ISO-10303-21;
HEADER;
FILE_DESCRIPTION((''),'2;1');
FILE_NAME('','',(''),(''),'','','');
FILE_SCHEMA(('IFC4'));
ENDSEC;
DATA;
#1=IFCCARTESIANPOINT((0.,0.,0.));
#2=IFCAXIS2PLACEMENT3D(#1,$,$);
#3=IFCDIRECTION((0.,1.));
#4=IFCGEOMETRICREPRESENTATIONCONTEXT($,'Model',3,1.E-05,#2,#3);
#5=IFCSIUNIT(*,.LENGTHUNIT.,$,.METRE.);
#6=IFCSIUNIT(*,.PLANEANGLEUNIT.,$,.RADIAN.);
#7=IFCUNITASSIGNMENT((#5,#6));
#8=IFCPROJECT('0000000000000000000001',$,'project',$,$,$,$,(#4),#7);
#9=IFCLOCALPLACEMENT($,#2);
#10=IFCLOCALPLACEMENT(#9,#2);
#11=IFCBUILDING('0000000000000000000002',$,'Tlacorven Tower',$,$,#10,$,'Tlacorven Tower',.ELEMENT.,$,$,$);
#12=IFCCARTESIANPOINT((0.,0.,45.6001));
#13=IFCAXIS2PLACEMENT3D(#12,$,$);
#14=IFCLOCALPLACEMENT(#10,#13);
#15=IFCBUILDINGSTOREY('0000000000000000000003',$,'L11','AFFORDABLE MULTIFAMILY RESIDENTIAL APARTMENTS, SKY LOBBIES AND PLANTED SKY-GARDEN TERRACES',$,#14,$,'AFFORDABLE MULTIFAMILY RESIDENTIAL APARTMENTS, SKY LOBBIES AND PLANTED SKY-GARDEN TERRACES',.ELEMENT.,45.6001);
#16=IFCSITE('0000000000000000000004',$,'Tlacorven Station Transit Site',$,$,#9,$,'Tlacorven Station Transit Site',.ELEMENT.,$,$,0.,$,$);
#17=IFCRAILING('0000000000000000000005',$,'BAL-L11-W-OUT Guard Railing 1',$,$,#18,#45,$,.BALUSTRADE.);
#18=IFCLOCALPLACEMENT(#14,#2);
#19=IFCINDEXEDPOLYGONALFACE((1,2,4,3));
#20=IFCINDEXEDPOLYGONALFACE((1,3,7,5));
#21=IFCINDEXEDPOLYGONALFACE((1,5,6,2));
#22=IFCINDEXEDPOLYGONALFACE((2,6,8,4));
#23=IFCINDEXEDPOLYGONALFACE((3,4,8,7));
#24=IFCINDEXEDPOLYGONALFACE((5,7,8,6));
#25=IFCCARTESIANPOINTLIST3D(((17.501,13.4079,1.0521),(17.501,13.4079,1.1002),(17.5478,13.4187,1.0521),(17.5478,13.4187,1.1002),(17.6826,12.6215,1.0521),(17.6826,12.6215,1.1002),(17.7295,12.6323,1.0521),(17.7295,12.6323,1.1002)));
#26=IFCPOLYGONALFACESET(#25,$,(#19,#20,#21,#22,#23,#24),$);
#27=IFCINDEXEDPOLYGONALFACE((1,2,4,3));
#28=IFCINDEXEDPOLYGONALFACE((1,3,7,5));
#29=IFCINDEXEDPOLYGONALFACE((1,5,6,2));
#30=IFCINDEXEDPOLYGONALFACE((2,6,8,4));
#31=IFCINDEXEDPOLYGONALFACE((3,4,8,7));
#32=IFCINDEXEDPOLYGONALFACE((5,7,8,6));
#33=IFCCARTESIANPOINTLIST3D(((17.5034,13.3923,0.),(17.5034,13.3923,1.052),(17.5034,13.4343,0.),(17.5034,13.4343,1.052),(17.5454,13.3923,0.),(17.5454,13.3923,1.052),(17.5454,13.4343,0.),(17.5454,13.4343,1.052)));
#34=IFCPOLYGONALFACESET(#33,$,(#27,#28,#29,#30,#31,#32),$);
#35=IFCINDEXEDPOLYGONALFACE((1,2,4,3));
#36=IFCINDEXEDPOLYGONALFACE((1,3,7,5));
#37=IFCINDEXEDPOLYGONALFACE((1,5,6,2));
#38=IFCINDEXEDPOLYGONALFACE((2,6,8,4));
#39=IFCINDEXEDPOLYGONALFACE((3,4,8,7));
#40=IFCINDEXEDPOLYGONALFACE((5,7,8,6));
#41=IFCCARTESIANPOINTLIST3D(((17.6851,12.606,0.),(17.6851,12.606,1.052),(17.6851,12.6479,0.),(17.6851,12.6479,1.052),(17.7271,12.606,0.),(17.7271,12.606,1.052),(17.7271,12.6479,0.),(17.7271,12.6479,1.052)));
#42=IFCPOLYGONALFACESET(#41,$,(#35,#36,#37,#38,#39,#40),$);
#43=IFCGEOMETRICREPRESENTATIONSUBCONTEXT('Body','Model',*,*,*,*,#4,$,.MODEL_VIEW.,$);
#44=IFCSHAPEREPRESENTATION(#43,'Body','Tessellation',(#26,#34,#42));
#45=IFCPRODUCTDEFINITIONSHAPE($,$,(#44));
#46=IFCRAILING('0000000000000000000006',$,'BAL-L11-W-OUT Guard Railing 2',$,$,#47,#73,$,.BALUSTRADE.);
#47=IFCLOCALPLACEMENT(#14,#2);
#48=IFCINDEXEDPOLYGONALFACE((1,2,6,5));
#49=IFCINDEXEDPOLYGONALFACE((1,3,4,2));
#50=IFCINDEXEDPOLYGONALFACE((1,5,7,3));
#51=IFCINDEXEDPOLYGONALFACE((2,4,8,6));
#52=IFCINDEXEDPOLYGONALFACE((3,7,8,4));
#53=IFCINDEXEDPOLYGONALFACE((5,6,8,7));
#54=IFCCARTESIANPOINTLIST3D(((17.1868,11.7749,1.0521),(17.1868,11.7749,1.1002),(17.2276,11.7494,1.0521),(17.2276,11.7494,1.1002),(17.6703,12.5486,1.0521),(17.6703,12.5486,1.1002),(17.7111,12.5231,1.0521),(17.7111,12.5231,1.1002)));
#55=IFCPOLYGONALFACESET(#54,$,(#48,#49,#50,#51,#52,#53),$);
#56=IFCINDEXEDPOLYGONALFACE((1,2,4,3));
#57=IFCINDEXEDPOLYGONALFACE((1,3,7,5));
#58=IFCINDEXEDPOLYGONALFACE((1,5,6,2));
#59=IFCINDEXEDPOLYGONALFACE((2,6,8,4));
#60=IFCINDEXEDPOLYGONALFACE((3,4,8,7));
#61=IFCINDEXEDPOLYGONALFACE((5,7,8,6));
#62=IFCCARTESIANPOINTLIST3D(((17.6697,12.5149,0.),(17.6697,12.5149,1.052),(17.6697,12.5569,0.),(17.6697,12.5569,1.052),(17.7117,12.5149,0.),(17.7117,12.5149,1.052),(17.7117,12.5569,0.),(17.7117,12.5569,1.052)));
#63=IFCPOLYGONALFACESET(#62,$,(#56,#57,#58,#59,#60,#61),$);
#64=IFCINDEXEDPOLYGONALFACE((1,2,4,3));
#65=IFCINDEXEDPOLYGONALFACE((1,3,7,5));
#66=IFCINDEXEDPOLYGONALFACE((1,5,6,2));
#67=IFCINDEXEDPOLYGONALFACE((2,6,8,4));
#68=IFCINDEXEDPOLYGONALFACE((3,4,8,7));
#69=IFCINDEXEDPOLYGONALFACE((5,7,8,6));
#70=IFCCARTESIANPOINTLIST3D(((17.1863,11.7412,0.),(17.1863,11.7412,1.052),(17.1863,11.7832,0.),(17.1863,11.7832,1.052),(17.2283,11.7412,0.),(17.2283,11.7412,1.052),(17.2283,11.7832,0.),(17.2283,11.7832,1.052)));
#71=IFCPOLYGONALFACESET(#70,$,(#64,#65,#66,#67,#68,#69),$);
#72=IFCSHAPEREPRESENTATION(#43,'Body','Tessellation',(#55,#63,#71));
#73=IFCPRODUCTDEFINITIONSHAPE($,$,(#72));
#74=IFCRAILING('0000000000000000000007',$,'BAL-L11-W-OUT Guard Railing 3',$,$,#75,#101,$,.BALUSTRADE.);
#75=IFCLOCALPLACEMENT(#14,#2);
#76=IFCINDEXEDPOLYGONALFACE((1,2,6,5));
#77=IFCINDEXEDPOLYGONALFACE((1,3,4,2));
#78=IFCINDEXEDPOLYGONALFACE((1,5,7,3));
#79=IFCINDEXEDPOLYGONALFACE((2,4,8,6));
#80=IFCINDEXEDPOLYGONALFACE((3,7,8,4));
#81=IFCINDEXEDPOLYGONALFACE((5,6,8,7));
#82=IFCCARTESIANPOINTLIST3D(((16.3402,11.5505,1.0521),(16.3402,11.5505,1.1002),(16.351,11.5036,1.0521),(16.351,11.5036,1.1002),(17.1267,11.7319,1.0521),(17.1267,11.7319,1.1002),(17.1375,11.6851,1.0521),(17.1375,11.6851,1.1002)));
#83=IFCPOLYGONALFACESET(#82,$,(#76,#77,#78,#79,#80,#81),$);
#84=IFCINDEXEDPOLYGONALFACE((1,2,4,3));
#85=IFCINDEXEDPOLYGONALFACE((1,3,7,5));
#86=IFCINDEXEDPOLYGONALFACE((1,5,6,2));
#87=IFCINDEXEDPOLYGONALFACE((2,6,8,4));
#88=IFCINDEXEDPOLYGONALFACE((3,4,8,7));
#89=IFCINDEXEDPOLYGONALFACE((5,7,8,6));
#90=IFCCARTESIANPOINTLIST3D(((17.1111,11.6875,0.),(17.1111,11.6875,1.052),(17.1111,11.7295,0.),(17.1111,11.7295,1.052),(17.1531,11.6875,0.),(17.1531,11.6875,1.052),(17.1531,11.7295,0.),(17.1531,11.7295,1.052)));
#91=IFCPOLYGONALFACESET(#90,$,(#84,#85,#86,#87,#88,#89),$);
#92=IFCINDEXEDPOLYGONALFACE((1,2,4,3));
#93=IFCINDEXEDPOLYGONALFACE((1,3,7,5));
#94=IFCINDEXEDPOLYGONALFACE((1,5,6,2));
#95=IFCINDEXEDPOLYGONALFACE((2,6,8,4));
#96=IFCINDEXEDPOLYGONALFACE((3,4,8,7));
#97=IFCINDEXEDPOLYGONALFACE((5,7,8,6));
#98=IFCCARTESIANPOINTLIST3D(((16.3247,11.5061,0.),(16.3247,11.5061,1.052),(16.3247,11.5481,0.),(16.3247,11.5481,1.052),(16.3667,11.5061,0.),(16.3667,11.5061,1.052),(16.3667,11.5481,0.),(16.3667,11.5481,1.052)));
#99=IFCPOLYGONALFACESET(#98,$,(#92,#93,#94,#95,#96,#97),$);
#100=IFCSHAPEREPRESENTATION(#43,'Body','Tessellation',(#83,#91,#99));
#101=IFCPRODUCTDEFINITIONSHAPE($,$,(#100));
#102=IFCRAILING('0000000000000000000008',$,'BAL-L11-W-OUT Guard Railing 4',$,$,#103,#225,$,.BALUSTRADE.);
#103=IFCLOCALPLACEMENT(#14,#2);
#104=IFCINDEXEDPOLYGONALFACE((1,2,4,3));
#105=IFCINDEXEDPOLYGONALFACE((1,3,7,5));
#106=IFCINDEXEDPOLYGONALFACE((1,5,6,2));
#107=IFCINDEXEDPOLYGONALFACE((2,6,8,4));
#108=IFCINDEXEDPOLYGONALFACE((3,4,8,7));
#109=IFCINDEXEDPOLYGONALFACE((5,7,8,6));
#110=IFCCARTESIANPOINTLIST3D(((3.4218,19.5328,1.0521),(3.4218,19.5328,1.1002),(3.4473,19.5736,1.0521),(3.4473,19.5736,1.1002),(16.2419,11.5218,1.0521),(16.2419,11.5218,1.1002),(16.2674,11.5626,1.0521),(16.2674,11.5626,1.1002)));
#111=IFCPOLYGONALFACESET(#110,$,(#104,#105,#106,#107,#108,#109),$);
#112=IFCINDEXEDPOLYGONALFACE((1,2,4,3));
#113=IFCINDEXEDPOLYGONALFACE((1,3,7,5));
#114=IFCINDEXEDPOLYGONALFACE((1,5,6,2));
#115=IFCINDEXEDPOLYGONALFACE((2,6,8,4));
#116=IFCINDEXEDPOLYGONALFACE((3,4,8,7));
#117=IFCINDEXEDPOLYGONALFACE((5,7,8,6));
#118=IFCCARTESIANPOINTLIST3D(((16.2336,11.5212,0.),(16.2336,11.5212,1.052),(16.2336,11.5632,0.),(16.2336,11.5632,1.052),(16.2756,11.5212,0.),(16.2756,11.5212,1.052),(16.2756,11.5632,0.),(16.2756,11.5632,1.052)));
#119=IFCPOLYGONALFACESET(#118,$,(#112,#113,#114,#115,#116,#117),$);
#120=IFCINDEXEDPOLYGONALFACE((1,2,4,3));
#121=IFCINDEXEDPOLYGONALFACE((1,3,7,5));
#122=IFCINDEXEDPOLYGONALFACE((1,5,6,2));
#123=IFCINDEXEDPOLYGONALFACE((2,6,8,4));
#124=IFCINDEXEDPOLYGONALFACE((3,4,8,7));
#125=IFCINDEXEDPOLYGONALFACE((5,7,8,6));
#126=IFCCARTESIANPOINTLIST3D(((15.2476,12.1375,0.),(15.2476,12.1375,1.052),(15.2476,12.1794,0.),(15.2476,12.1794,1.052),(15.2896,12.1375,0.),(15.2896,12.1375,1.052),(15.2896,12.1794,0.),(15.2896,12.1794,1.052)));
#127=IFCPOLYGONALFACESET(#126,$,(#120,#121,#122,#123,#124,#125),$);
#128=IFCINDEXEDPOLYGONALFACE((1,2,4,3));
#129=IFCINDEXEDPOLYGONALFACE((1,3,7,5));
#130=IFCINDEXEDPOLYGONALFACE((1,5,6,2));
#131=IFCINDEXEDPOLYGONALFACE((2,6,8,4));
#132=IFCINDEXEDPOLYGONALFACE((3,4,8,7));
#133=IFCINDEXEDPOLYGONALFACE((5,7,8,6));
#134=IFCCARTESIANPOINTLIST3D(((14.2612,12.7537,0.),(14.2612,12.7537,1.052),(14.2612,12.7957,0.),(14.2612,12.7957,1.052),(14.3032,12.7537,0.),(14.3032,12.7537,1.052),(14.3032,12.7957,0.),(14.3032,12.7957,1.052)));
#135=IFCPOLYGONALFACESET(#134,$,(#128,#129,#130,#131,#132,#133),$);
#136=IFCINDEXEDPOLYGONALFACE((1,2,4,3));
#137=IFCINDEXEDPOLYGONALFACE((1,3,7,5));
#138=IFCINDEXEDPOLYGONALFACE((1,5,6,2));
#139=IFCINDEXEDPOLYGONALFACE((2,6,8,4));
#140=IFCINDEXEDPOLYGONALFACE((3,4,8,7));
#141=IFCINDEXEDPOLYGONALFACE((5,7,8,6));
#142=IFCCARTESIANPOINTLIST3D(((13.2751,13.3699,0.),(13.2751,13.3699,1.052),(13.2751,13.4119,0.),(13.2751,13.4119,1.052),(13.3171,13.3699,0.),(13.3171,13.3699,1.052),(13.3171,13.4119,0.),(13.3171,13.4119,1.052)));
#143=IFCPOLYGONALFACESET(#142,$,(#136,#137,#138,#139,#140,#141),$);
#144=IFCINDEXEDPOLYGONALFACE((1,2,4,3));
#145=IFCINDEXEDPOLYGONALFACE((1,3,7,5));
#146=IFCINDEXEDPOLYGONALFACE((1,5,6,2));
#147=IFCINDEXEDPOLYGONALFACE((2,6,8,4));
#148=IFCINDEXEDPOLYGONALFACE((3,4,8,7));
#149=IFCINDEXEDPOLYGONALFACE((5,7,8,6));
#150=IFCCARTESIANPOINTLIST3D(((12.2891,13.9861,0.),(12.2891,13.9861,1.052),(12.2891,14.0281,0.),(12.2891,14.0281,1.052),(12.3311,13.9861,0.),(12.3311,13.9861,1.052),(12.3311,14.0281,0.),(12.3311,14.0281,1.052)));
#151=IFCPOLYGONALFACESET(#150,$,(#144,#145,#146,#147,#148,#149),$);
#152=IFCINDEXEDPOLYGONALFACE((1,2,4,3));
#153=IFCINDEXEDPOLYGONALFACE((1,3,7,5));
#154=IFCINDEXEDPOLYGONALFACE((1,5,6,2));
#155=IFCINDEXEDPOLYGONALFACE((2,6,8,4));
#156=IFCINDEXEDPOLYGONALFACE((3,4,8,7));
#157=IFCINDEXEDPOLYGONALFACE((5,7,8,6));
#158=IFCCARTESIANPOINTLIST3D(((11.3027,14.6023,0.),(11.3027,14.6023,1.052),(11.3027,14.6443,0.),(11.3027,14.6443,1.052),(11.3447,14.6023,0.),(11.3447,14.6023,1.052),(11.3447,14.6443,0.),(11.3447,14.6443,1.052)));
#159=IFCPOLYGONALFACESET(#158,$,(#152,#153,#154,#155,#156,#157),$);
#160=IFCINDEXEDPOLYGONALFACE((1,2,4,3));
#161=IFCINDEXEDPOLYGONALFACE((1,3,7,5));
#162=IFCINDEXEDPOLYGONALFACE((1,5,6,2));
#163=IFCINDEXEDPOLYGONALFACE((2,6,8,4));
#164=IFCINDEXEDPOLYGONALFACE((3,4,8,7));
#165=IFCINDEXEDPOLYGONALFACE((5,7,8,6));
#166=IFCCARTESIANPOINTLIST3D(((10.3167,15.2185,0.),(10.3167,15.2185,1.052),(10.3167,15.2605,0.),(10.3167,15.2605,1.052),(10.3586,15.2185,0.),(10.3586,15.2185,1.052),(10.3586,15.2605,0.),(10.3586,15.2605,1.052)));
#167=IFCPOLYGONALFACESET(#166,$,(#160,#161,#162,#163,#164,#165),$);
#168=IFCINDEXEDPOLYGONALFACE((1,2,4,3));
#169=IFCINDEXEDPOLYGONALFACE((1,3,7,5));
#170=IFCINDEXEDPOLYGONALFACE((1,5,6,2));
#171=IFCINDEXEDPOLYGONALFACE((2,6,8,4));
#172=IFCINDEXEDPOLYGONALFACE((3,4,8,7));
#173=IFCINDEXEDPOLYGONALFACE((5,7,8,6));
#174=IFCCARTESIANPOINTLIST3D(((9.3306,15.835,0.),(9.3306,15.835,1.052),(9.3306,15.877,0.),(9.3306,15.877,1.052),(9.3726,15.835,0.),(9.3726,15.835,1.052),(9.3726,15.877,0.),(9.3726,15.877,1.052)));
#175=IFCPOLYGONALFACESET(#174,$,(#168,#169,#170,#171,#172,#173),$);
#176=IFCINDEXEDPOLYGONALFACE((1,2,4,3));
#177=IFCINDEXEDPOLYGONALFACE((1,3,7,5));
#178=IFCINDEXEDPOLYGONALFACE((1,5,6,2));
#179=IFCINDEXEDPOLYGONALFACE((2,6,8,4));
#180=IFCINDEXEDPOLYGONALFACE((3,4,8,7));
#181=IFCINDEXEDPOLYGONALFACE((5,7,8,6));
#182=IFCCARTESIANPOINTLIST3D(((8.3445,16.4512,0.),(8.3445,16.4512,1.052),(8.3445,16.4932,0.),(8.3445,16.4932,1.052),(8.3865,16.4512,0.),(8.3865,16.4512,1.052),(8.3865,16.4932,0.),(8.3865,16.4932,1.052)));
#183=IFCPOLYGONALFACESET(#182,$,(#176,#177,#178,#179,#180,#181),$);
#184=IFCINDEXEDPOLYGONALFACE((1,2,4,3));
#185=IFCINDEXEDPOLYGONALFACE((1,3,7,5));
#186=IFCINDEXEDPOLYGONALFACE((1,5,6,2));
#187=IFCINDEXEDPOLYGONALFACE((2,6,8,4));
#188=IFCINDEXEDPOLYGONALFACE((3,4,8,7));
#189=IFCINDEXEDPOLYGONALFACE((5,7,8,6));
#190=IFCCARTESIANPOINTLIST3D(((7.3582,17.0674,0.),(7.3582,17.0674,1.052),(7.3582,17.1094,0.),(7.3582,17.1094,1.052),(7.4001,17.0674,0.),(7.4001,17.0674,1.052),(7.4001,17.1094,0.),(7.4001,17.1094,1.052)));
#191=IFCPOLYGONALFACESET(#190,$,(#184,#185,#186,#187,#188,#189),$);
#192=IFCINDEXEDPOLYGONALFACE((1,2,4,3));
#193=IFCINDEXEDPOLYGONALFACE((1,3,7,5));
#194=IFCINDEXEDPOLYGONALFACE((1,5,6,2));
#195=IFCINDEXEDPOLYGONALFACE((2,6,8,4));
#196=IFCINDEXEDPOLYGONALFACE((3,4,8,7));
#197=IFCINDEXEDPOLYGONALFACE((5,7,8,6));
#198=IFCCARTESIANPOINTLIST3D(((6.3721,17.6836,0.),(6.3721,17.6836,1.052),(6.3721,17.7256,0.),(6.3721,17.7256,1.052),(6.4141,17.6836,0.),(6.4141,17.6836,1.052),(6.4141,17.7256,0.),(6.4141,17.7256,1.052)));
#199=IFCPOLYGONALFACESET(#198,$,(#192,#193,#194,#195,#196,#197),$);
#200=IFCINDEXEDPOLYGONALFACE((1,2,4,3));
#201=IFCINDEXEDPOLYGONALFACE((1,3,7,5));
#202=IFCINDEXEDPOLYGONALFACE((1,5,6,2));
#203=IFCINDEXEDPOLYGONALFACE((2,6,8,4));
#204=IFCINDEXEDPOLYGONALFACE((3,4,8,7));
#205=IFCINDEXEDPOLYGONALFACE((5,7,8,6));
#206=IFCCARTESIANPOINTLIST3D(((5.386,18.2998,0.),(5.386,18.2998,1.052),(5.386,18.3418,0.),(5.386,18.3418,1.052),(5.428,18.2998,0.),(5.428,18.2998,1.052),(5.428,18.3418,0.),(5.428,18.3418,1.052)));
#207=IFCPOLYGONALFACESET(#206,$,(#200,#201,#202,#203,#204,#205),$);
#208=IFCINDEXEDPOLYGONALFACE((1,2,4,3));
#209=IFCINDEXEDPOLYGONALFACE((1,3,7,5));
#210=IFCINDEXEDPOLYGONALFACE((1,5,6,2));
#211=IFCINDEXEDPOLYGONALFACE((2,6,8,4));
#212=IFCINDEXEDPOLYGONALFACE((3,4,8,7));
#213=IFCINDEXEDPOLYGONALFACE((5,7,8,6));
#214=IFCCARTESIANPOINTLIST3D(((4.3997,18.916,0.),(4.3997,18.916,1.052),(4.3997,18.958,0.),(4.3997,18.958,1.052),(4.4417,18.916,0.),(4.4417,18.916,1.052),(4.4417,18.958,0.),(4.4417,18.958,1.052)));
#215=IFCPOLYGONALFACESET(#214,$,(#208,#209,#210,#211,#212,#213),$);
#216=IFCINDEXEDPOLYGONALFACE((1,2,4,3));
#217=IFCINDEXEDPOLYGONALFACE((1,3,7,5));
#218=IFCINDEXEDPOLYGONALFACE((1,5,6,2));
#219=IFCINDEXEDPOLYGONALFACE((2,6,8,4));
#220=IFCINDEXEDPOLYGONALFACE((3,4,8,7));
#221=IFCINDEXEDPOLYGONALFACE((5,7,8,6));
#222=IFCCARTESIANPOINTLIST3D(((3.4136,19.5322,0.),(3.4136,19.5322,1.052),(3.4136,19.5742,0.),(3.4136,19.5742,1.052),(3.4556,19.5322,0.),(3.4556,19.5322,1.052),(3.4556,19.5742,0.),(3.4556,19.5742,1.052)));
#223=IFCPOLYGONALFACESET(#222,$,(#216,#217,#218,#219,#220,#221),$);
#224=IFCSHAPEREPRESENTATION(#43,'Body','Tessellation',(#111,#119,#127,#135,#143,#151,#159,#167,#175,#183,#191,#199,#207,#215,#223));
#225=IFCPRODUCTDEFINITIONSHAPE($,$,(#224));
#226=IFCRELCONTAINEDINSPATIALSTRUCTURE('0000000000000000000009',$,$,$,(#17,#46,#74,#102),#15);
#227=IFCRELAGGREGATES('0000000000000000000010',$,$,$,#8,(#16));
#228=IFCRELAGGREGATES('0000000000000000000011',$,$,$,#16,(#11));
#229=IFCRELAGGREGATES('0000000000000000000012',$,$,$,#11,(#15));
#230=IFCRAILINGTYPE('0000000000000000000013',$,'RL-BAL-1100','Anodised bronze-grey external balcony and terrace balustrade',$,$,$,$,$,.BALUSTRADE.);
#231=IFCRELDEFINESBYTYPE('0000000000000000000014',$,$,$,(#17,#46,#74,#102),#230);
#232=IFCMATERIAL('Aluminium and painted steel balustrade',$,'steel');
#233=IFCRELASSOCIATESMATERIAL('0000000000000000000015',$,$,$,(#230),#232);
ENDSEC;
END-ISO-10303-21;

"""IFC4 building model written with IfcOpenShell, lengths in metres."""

from ifc_helpers import new_model, si_unit, direction, frame, origin, origin_2d, place, context, subcontext, project, spatial, rectangle, extrude, source, transform, mapped, material, type_object, element, save


model = new_model("IFC4")

# Units and contexts
model_context = context("Model", 3, precision=1e-05, world=origin(), true_north=direction((0.0, 1.0)))
body_context = subcontext(model_context, "Body", "Model", "MODEL_VIEW")
ifc_project = project(units=[si_unit("LENGTHUNIT", "METRE"), si_unit("PLANEANGLEUNIT", "RADIAN")], contexts=[model_context])

# Site, building, storey
site_placement = place(None, origin())
site = spatial("IfcSite", under=ifc_project, at=site_placement, Name="Tlacorven Station Transit Site", LongName="Tlacorven Station Transit Site", CompositionType="ELEMENT", RefElevation=0.0)
building_placement = place(site_placement, origin())
building = spatial("IfcBuilding", under=site, at=building_placement, Name="Tlacorven Tower", LongName="Tlacorven Tower", CompositionType="ELEMENT")
storey_placement = place(building_placement, frame((0.0, 0.0, 45.6001)))
storey = spatial("IfcBuildingStorey", under=building, at=storey_placement, Name="L11", Description="AFFORDABLE MULTIFAMILY RESIDENTIAL APARTMENTS, SKY LOBBIES AND PLANTED SKY-GARDEN TERRACES", LongName="AFFORDABLE MULTIFAMILY RESIDENTIAL APARTMENTS, SKY LOBBIES AND PLANTED SKY-GARDEN TERRACES", CompositionType="ELEMENT", Elevation=45.6001)

# Railings
ifc_material_1 = material(Name="Aluminium and painted steel balustrade", Category="steel")
railing_type = type_object("IfcRailingType", Name="RL-BAL-1100", Description="Anodised bronze-grey external balcony and terrace balustrade", PredefinedType="BALUSTRADE", material=ifc_material_1)
shared_shape_1 = source(origin(), body_context, "Body", "SweptSolid", [
    extrude(rectangle(XDim=0.0481, YDim=0.0481, at=origin_2d()), frame((0.0, 0.0, 1.0762), z_axis=(0.225058, -0.974345, 0.0), x_axis=(0.974345, 0.225058, 0.0)), (0.0, 0.0, 1.0), 0.8071),
    extrude(rectangle(XDim=0.042, YDim=0.042, at=origin_2d()), origin(), (0.0, 0.0, 1.0), 1.052),
    extrude(rectangle(XDim=0.042, YDim=0.042, at=origin_2d()), frame((0.1816, -0.7864, 0.0)), (0.0, 0.0, 1.0), 1.052),
])
railing_1_placement = place(storey_placement, frame((17.5244, 13.4133, 0.0)))
element("IfcRailing", 1, at=railing_1_placement, inside=storey, type_object=railing_type, Name="BAL-L11-W-OUT Guard Railing 1", PredefinedType="BALUSTRADE", context=body_context, shape_type="MappedRepresentation", body=[
    mapped(shared_shape_1, transform((0.0, 0.0, 0.0), scale=1.0)),
])
shared_shape_2 = source(origin(), body_context, "Body", "SweptSolid", [
    extrude(rectangle(XDim=0.0481, YDim=0.0481, at=origin_2d()), frame((0.0, 0.0, 1.0762), z_axis=(-0.529879, -0.848073, 0.0), x_axis=(0.848073, -0.529879, 0.0)), (0.0, 0.0, 1.0), 0.9124),
    extrude(rectangle(XDim=0.042, YDim=0.042, at=origin_2d()), origin(), (0.0, 0.0, 1.0), 1.052),
    extrude(rectangle(XDim=0.042, YDim=0.042, at=origin_2d()), frame((-0.4834, -0.7737, 0.0)), (0.0, 0.0, 1.0), 1.052),
])
railing_2_placement = place(storey_placement, frame((17.6907, 12.5359, 0.0)))
element("IfcRailing", 2, at=railing_2_placement, inside=storey, type_object=railing_type, Name="BAL-L11-W-OUT Guard Railing 2", PredefinedType="BALUSTRADE", context=body_context, shape_type="MappedRepresentation", body=[
    mapped(shared_shape_2, transform((0.0, 0.0, 0.0), scale=1.0)),
])
shared_shape_3 = source(origin(), body_context, "Body", "SweptSolid", [
    extrude(rectangle(XDim=0.0481, YDim=0.0481, at=origin_2d()), frame((0.0, 0.0, 1.0762), z_axis=(-0.974412, -0.224771, 0.0), x_axis=(0.224771, -0.974412, 0.0)), (0.0, 0.0, 1.0), 0.8071),
    extrude(rectangle(XDim=0.042, YDim=0.042, at=origin_2d()), origin(), (0.0, 0.0, 1.0), 1.052),
    extrude(rectangle(XDim=0.042, YDim=0.042, at=origin_2d()), frame((-0.7864, -0.1814, 0.0)), (0.0, 0.0, 1.0), 1.052),
])
railing_3_placement = place(storey_placement, frame((17.1321, 11.7085, 0.0)))
element("IfcRailing", 3, at=railing_3_placement, inside=storey, type_object=railing_type, Name="BAL-L11-W-OUT Guard Railing 3", PredefinedType="BALUSTRADE", context=body_context, shape_type="MappedRepresentation", body=[
    mapped(shared_shape_3, transform((0.0, 0.0, 0.0), scale=1.0)),
])
shared_shape_4 = source(origin(), body_context, "Body", "SweptSolid", [
    extrude(rectangle(XDim=0.0481, YDim=0.0481, at=origin_2d()), frame((0.0, 0.0, 1.0762), z_axis=(-0.848045, 0.529925, 0.0), x_axis=(-0.529925, -0.848045, 0.0)), (0.0, 0.0, 1.0), 15.1172),
    extrude(rectangle(XDim=0.042, YDim=0.042, at=origin_2d()), origin(), (0.0, 0.0, 1.0), 1.052),
    extrude(rectangle(XDim=0.042, YDim=0.042, at=origin_2d()), frame((-0.9861, 0.6162, 0.0)), (0.0, 0.0, 1.0), 1.052),
    extrude(rectangle(XDim=0.042, YDim=0.042, at=origin_2d()), frame((-1.9724, 1.2324, 0.0)), (0.0, 0.0, 1.0), 1.052),
    extrude(rectangle(XDim=0.042, YDim=0.042, at=origin_2d()), frame((-2.9585, 1.8486, 0.0)), (0.0, 0.0, 1.0), 1.052),
    extrude(rectangle(XDim=0.042, YDim=0.042, at=origin_2d()), frame((-3.9446, 2.4648, 0.0)), (0.0, 0.0, 1.0), 1.052),
    extrude(rectangle(XDim=0.042, YDim=0.042, at=origin_2d()), frame((-4.9309, 3.0811, 0.0)), (0.0, 0.0, 1.0), 1.052),
    extrude(rectangle(XDim=0.042, YDim=0.042, at=origin_2d()), frame((-5.917, 3.6973, 0.0)), (0.0, 0.0, 1.0), 1.052),
    extrude(rectangle(XDim=0.042, YDim=0.042, at=origin_2d()), frame((-6.9031, 4.3137, 0.0)), (0.0, 0.0, 1.0), 1.052),
    extrude(rectangle(XDim=0.042, YDim=0.042, at=origin_2d()), frame((-7.8892, 4.9299, 0.0)), (0.0, 0.0, 1.0), 1.052),
    extrude(rectangle(XDim=0.042, YDim=0.042, at=origin_2d()), frame((-8.8755, 5.5461, 0.0)), (0.0, 0.0, 1.0), 1.052),
    extrude(rectangle(XDim=0.042, YDim=0.042, at=origin_2d()), frame((-9.8616, 6.1624, 0.0)), (0.0, 0.0, 1.0), 1.052),
    extrude(rectangle(XDim=0.042, YDim=0.042, at=origin_2d()), frame((-10.8477, 6.7786, 0.0)), (0.0, 0.0, 1.0), 1.052),
    extrude(rectangle(XDim=0.042, YDim=0.042, at=origin_2d()), frame((-11.834, 7.3948, 0.0)), (0.0, 0.0, 1.0), 1.052),
    extrude(rectangle(XDim=0.042, YDim=0.042, at=origin_2d()), frame((-12.8201, 8.011, 0.0)), (0.0, 0.0, 1.0), 1.052),
])
railing_4_placement = place(storey_placement, frame((16.2546, 11.5422, 0.0)))
element("IfcRailing", 4, at=railing_4_placement, inside=storey, type_object=railing_type, Name="BAL-L11-W-OUT Guard Railing 4", PredefinedType="BALUSTRADE", context=body_context, shape_type="MappedRepresentation", body=[
    mapped(shared_shape_4, transform((0.0, 0.0, 0.0), scale=1.0)),
])

save(model, "model.ifc")
